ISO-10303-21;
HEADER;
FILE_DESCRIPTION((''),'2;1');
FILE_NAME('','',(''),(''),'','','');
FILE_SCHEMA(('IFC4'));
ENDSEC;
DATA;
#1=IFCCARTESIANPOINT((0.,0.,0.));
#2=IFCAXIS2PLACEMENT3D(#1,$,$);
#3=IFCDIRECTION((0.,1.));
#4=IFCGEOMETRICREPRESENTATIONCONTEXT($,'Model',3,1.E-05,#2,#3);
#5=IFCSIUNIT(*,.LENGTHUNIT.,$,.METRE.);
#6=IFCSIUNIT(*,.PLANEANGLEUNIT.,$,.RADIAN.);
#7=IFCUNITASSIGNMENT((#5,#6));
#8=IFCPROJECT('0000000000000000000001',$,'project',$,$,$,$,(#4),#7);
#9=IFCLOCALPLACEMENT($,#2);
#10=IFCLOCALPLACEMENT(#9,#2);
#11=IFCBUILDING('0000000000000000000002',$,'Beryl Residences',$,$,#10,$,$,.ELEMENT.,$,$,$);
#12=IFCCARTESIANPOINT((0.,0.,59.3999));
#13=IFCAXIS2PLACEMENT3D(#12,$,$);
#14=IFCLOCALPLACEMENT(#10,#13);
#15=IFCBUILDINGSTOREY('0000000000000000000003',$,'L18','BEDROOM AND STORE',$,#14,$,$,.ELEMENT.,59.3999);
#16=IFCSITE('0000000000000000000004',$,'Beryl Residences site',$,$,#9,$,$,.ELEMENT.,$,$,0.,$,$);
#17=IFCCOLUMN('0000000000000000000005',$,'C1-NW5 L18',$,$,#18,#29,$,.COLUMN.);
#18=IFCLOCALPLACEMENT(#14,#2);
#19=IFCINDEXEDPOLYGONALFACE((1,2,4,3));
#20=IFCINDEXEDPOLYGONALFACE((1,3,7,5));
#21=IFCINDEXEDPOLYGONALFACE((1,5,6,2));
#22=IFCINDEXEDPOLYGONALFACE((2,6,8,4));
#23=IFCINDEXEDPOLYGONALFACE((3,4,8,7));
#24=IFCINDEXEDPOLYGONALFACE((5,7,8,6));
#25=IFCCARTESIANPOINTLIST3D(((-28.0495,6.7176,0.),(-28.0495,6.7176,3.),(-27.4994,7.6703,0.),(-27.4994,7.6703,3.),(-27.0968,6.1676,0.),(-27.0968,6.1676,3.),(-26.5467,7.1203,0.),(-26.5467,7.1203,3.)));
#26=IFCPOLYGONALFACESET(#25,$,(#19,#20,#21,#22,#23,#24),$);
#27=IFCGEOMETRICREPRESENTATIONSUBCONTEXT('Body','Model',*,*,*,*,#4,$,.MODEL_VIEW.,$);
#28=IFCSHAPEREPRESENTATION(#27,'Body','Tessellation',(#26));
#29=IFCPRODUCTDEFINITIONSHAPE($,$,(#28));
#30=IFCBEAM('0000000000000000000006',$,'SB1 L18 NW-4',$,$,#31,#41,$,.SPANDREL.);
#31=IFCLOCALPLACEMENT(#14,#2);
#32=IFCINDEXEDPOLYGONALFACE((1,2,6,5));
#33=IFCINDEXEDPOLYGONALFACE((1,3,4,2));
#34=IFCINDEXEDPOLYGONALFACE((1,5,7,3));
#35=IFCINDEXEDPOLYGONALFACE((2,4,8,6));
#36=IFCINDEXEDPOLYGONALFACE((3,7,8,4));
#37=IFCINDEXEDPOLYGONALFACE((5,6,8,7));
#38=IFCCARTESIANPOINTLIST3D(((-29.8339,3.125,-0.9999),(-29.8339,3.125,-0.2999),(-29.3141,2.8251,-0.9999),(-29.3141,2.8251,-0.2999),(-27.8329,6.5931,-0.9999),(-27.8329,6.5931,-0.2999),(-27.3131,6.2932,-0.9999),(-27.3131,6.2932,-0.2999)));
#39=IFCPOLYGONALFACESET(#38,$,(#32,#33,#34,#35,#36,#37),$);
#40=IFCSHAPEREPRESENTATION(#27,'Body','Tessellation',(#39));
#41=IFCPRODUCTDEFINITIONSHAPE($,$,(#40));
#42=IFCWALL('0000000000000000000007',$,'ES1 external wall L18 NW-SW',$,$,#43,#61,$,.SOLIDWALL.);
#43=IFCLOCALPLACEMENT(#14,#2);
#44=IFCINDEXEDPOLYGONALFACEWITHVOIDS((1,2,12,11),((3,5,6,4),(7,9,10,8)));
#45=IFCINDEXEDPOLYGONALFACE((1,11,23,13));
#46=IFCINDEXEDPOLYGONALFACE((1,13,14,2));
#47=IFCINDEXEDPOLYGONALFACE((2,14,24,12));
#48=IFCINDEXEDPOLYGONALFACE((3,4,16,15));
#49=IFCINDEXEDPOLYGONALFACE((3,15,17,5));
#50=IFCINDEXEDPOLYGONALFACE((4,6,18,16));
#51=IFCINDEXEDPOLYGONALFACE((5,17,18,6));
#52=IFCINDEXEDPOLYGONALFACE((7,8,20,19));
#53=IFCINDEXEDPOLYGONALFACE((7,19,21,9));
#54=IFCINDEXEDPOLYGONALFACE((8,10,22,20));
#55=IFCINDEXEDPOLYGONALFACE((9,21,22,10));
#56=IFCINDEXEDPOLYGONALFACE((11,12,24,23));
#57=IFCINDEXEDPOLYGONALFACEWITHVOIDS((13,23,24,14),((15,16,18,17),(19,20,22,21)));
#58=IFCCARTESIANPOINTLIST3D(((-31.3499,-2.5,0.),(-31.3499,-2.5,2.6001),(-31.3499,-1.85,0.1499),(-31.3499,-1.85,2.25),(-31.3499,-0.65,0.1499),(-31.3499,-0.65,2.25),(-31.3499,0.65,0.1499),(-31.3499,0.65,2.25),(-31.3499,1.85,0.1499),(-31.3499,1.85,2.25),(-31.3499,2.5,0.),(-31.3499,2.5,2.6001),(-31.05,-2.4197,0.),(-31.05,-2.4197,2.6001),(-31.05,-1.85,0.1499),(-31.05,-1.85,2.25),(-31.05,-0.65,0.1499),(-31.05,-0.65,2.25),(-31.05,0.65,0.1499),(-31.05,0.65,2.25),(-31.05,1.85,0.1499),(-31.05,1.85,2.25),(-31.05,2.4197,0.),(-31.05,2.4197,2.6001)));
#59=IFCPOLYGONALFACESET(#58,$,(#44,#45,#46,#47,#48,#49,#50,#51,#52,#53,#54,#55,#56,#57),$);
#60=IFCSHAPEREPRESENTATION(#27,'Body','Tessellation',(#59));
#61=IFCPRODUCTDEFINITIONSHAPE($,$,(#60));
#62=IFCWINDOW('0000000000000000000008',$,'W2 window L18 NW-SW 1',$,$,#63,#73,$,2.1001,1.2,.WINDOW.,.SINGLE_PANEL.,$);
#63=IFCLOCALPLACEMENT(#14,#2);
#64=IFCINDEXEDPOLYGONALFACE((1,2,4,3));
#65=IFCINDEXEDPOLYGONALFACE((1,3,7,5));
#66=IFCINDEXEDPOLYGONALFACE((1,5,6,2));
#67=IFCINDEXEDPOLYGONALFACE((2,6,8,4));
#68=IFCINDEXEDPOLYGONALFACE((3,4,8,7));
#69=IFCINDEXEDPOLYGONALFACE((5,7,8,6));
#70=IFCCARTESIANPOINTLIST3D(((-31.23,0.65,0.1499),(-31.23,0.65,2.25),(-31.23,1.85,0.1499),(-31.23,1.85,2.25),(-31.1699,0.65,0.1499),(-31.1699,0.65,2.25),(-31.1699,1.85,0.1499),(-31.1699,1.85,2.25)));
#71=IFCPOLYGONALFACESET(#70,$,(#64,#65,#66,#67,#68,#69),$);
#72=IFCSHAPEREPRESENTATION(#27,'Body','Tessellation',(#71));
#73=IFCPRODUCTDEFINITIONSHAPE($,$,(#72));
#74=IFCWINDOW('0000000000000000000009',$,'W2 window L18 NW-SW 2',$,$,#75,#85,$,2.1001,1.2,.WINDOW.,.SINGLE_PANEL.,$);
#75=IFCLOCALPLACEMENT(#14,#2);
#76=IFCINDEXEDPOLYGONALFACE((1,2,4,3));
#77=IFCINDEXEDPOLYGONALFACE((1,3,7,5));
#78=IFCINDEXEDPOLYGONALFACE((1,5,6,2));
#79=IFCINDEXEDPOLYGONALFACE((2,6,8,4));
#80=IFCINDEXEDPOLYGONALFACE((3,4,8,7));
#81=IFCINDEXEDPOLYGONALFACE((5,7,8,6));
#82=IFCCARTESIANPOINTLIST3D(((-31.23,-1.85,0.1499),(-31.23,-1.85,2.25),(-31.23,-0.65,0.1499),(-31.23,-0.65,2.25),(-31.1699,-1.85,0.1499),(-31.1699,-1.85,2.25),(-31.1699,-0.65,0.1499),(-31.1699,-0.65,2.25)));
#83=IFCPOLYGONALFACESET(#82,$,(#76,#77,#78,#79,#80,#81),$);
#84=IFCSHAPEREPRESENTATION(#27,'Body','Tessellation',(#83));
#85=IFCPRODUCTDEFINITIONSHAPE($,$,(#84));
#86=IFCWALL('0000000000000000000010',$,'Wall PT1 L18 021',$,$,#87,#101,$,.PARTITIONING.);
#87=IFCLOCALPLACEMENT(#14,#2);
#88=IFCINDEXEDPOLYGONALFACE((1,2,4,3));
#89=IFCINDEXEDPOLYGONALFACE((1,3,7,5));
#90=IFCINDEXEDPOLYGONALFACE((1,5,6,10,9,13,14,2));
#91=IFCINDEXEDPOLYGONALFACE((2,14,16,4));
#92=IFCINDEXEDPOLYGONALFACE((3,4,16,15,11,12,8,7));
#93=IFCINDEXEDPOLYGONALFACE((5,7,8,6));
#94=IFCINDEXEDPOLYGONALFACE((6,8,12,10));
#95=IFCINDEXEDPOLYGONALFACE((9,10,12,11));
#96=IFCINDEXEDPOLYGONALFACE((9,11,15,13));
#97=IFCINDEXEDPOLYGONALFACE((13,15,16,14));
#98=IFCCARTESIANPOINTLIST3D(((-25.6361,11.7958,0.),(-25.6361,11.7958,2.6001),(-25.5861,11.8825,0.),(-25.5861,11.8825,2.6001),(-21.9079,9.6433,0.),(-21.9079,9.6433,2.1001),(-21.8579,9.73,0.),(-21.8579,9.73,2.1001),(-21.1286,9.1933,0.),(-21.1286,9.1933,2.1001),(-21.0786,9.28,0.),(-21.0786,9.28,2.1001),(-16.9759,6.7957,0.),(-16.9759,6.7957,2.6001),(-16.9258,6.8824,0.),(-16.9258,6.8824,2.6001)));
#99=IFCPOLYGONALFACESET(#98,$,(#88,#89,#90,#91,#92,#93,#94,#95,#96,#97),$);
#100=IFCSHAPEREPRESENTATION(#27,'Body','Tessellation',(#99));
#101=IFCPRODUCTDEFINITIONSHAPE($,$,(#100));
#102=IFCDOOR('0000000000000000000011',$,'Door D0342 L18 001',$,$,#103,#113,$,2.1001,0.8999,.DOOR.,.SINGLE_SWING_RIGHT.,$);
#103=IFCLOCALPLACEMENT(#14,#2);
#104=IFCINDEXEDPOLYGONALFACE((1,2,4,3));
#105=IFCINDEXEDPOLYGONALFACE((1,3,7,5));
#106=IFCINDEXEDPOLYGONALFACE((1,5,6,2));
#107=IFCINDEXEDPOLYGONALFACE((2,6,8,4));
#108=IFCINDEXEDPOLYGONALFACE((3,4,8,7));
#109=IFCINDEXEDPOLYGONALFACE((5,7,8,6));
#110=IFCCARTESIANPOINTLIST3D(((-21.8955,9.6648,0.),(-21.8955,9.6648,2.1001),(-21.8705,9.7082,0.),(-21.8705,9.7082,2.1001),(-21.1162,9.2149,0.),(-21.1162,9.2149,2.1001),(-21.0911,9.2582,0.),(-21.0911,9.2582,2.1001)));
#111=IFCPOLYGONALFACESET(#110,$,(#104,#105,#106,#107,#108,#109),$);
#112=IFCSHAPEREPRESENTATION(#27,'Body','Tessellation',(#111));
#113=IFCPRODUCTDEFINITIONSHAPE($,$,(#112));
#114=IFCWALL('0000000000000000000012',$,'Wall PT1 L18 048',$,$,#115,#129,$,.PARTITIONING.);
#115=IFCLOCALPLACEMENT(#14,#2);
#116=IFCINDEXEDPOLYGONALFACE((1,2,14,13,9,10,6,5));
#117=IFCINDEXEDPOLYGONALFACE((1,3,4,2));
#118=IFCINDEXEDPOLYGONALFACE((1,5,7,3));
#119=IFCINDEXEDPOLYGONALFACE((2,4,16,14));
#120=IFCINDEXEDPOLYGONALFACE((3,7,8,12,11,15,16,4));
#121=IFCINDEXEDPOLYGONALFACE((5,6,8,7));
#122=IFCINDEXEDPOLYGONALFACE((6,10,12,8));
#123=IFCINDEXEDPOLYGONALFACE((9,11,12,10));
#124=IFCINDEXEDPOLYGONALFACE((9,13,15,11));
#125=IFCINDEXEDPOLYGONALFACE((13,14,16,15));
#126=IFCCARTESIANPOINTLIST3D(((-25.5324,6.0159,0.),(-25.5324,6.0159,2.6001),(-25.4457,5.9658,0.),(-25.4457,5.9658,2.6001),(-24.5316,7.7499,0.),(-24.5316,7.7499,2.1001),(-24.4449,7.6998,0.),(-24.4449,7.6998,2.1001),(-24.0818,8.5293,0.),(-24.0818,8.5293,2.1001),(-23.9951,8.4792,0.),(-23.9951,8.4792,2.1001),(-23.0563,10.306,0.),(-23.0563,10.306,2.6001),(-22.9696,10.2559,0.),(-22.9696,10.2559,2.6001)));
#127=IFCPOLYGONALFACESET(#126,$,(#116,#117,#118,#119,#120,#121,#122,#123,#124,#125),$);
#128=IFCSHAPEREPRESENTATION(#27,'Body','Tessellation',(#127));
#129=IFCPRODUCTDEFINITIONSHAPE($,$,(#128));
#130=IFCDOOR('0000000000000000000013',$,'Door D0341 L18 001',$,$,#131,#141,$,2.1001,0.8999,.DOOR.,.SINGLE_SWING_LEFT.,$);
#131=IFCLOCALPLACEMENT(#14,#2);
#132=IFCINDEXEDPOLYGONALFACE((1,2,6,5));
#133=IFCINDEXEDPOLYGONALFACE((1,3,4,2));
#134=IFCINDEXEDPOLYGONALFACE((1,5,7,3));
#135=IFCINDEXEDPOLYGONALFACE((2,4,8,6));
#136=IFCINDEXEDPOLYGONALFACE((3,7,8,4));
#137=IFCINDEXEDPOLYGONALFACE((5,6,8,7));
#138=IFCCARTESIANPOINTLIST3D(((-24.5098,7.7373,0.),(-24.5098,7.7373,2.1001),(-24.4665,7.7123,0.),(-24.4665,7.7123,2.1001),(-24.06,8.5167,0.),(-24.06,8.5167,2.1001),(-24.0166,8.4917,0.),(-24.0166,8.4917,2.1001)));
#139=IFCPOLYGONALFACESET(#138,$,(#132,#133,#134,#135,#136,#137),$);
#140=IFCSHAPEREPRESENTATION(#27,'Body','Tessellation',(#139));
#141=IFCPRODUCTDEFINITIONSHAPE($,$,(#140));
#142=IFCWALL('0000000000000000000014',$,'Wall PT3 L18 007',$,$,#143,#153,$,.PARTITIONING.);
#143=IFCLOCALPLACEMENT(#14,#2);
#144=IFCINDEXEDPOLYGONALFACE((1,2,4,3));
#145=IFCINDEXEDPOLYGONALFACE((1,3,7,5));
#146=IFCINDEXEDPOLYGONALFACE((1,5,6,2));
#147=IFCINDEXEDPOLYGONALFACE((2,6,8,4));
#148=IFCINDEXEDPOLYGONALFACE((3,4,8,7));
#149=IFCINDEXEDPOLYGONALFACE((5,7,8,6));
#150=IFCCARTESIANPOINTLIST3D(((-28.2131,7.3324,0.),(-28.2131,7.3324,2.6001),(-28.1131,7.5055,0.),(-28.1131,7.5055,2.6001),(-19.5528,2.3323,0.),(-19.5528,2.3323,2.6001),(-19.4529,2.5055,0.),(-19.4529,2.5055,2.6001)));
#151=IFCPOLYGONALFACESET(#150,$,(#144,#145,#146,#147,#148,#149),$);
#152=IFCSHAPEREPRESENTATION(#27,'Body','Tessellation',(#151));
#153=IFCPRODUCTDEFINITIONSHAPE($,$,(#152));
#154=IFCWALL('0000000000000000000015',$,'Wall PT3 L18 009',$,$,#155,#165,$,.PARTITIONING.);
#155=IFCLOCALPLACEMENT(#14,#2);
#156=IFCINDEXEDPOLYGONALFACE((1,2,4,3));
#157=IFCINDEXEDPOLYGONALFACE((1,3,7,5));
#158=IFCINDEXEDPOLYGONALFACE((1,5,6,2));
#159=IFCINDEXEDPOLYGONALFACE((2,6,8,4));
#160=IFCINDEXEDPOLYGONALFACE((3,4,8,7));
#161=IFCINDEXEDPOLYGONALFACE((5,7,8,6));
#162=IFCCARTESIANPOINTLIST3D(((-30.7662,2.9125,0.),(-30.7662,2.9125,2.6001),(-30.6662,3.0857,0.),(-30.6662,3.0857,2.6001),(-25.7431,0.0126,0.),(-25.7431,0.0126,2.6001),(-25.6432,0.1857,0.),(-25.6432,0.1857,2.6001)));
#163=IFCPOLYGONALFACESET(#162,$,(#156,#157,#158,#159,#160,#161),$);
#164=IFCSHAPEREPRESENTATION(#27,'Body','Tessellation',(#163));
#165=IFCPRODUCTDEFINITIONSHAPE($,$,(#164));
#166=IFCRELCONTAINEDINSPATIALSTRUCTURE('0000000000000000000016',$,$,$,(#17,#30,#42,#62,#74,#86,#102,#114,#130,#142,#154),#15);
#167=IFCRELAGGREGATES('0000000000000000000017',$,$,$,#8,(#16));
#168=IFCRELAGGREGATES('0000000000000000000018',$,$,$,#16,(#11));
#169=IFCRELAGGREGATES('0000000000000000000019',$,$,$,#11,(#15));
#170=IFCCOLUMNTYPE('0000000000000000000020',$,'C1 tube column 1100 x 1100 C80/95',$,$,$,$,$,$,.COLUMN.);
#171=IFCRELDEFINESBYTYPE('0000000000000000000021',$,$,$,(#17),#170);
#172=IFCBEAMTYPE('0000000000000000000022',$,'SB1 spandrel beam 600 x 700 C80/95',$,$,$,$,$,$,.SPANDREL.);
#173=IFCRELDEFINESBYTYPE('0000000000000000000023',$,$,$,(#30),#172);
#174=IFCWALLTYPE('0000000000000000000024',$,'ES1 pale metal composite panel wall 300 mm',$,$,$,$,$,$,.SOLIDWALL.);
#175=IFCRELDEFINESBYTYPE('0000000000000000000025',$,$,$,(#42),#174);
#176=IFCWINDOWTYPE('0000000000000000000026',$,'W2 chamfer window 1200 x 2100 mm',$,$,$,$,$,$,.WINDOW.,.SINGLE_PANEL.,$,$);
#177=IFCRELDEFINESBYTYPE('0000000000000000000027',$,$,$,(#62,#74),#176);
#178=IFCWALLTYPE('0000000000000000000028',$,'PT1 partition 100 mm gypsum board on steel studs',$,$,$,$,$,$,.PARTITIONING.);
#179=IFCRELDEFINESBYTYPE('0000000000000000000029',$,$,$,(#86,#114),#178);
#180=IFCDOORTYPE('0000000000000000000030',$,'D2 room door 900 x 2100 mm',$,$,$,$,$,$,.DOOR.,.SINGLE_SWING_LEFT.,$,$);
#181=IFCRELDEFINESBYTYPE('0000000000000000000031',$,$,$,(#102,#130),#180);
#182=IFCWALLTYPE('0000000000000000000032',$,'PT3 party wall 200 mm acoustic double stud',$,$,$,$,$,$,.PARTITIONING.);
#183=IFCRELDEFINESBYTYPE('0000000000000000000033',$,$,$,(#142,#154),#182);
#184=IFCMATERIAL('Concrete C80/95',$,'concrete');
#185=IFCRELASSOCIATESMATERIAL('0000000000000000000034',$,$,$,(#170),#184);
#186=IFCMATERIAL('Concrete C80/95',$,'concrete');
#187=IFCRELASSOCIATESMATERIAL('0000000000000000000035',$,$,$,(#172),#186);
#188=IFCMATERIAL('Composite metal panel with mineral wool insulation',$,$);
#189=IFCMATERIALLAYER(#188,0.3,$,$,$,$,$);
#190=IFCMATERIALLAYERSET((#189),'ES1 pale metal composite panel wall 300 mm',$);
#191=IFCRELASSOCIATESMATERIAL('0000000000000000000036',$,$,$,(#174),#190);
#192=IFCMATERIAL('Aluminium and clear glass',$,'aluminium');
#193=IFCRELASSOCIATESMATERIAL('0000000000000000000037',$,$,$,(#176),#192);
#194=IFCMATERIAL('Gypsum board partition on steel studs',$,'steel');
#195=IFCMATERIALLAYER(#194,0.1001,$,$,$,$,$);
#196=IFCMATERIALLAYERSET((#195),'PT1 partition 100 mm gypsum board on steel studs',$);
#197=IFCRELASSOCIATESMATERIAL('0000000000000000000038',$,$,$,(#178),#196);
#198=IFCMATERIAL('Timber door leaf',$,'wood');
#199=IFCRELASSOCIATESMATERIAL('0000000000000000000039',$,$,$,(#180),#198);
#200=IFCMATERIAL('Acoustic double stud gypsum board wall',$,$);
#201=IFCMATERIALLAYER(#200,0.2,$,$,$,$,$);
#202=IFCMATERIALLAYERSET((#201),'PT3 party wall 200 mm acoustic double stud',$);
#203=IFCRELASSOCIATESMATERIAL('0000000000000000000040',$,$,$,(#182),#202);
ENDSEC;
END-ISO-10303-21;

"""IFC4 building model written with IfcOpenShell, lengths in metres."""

from ifc_helpers import new_model, si_unit, direction, frame, frame_2d, origin, origin_2d, place, context, subcontext, project, spatial, polyline, rectangle, outline, extrude, material, layer, layer_set, material_profile, profile_set, type_object, element, fill, save


model = new_model("IFC4")

# Units and contexts
model_context = context("Model", 3, precision=1e-05, world=origin(), true_north=direction((0.0, 1.0)))
body_context = subcontext(model_context, "Body", "Model", "MODEL_VIEW")
ifc_project = project(units=[si_unit("LENGTHUNIT", "METRE"), si_unit("PLANEANGLEUNIT", "RADIAN")], contexts=[model_context])

# Site, building, storey
site_placement = place(None, origin())
site = spatial("IfcSite", under=ifc_project, at=site_placement, Name="Beryl Residences site", CompositionType="ELEMENT", RefElevation=0.0)
building_placement = place(site_placement, origin())
building = spatial("IfcBuilding", under=site, at=building_placement, Name="Beryl Residences", CompositionType="ELEMENT")
storey_placement = place(building_placement, frame((0.0, 0.0, 59.3999)))
storey = spatial("IfcBuildingStorey", under=building, at=storey_placement, Name="L18", Description="BEDROOM AND STORE", CompositionType="ELEMENT", Elevation=59.3999)

# Column
ifc_material_1 = material(Name="Concrete C80/95", Category="concrete")
ifc_material_profile_1 = material_profile(ifc_material_1, rectangle(XDim=1.1001, YDim=1.1001, at=origin_2d()))
ifc_profile_set_1 = profile_set([ifc_material_profile_1], Name="Concrete C80/95")
column_type = type_object("IfcColumnType", Name="C1 tube column 1100 x 1100 C80/95", PredefinedType="COLUMN", material=ifc_profile_set_1)
column_placement = place(storey_placement, frame((-27.2981, 6.9189, 0.0), z_axis=(0.0, 0.0, 1.0), x_axis=(-0.499985, -0.866034, 0.0)))
element("IfcColumn", 1, at=column_placement, inside=storey, type_object=column_type, Name="C1-NW5 L18", PredefinedType="COLUMN", context=body_context, shape_type="SweptSolid", body=[
    extrude(rectangle(XDim=1.1001, YDim=1.1001, at=origin_2d()), origin(), (0.0, 0.0, 1.0), 3.0),
])

# Beam
ifc_material_2 = material(Name="Concrete C80/95", Category="concrete")
ifc_material_profile_2 = material_profile(ifc_material_2, rectangle(XDim=0.6001, YDim=0.7, at=origin_2d()))
ifc_profile_set_2 = profile_set([ifc_material_profile_2], Name="Concrete C80/95")
beam_type = type_object("IfcBeamType", Name="SB1 spandrel beam 600 x 700 C80/95", PredefinedType="SPANDREL", material=ifc_profile_set_2)
beam_placement = place(storey_placement, frame((-27.573, 6.4431, -0.6499), z_axis=(-0.499759, -0.866164, 0.0), x_axis=(0.866164, -0.499759, 0.0)))
element("IfcBeam", 2, at=beam_placement, inside=storey, type_object=beam_type, Name="SB1 L18 NW-4", PredefinedType="SPANDREL", context=body_context, shape_type="SweptSolid", body=[
    extrude(rectangle(XDim=0.6001, YDim=0.7, at=origin_2d()), origin(), (0.0, 0.0, 1.0), 4.0039),
])

# Wall, openings, windows
ifc_material_3 = material(Name="Composite metal panel with mineral wool insulation")
ifc_layer_1 = layer(ifc_material_3, 0.3)
ifc_layer_set_1 = layer_set([ifc_layer_1], Name="ES1 pale metal composite panel wall 300 mm")
wall_type_1 = type_object("IfcWallType", Name="ES1 pale metal composite panel wall 300 mm", PredefinedType="SOLIDWALL", material=ifc_layer_set_1)
wall_1_placement = place(storey_placement, frame((-31.2, 2.5, 0.0), z_axis=(0.0, 0.0, 1.0), x_axis=(0.0, -1.0, 0.0)))
wall_1 = element("IfcWall", 3, at=wall_1_placement, inside=storey, type_object=wall_type_1, Name="ES1 external wall L18 NW-SW", PredefinedType="SOLIDWALL", context=body_context, shape_type="SweptSolid", body=[
    extrude(outline(polyline([(0.0, -0.1499), (5.0, -0.1499), (4.9197, 0.1499), (0.0803, 0.1499), (0.0, -0.1499)])), origin(), (0.0, 0.0, 1.0), 2.6001),
])
opening_1_placement = place(wall_1_placement, frame((0.6499, 0.0, 0.1499)))
opening_1 = element("IfcOpeningElement", 4, at=opening_1_placement, cuts=wall_1, PredefinedType="OPENING", context=body_context, shape_type="SweptSolid", body=[
    extrude(rectangle(XDim=1.2, YDim=2.1001, at=frame_2d((0.6001, 1.05))), frame((0.0, 0.1599, 0.0), z_axis=(0.0, -1.0, 0.0), x_axis=(1.0, 0.0, 0.0)), (0.0, 0.0, 1.0), 0.3201),
])
opening_2_placement = place(wall_1_placement, frame((3.1499, 0.0, 0.1499)))
opening_2 = element("IfcOpeningElement", 5, at=opening_2_placement, cuts=wall_1, PredefinedType="OPENING", context=body_context, shape_type="SweptSolid", body=[
    extrude(rectangle(XDim=1.2, YDim=2.1001, at=frame_2d((0.6001, 1.05))), frame((0.0, 0.1599, 0.0), z_axis=(0.0, -1.0, 0.0), x_axis=(1.0, 0.0, 0.0)), (0.0, 0.0, 1.0), 0.3201),
])
ifc_material_4 = material(Name="Aluminium and clear glass", Category="aluminium")
window_type = type_object("IfcWindowType", Name="W2 chamfer window 1200 x 2100 mm", PartitioningType="SINGLE_PANEL", PredefinedType="WINDOW", material=ifc_material_4)
window_1_placement = place(opening_1_placement, origin())
window_1 = element("IfcWindow", 6, at=window_1_placement, inside=storey, type_object=window_type, Name="W2 window L18 NW-SW 1", OverallHeight=2.1001, OverallWidth=1.2, PartitioningType="SINGLE_PANEL", PredefinedType="WINDOW", context=body_context, shape_type="SweptSolid", body=[
    extrude(rectangle(XDim=1.2, YDim=2.1001, at=frame_2d((0.6001, 1.05))), frame((0.0, 0.03, 0.0), z_axis=(0.0, -1.0, 0.0), x_axis=(1.0, 0.0, 0.0)), (0.0, 0.0, 1.0), 0.0601),
])
fill(opening_1, window_1)
window_2_placement = place(opening_2_placement, origin())
window_2 = element("IfcWindow", 7, at=window_2_placement, inside=storey, type_object=window_type, Name="W2 window L18 NW-SW 2", OverallHeight=2.1001, OverallWidth=1.2, PartitioningType="SINGLE_PANEL", PredefinedType="WINDOW", context=body_context, shape_type="SweptSolid", body=[
    extrude(rectangle(XDim=1.2, YDim=2.1001, at=frame_2d((0.6001, 1.05))), frame((0.0, 0.03, 0.0), z_axis=(0.0, -1.0, 0.0), x_axis=(1.0, 0.0, 0.0)), (0.0, 0.0, 1.0), 0.0601),
])
fill(opening_2, window_2)

# Walls, openings, doors
ifc_material_5 = material(Name="Gypsum board partition on steel studs", Category="steel")
ifc_layer_2 = layer(ifc_material_5, 0.1001)
ifc_layer_set_2 = layer_set([ifc_layer_2], Name="PT1 partition 100 mm gypsum board on steel studs")
wall_type_2 = type_object("IfcWallType", Name="PT1 partition 100 mm gypsum board on steel studs", PredefinedType="PARTITIONING", material=ifc_layer_set_2)
wall_2_placement = place(storey_placement, frame((-25.6111, 11.8391, 0.0), z_axis=(0.0, 0.0, 1.0), x_axis=(0.866023, -0.500004, 0.0)))
wall_2 = element("IfcWall", 8, at=wall_2_placement, inside=storey, type_object=wall_type_2, Name="Wall PT1 L18 021", PredefinedType="PARTITIONING", context=body_context, shape_type="SweptSolid", body=[
    extrude(rectangle(XDim=10.0, YDim=0.1001, at=frame_2d((5.0, 0.0))), origin(), (0.0, 0.0, 1.0), 2.6001),
])
opening_3_placement = place(wall_2_placement, frame((4.3049, 0.0, 0.0)))
opening_3 = element("IfcOpeningElement", 9, at=opening_3_placement, cuts=wall_2, PredefinedType="OPENING", context=body_context, shape_type="SweptSolid", body=[
    extrude(rectangle(XDim=0.8999, YDim=2.1001, at=frame_2d((0.45, 1.05))), frame((0.0, 0.0601, 0.0), z_axis=(0.0, -1.0, 0.0), x_axis=(1.0, 0.0, 0.0)), (0.0, 0.0, 1.0), 0.1201),
])
ifc_material_6 = material(Name="Timber door leaf", Category="wood")
door_type = type_object("IfcDoorType", Name="D2 room door 900 x 2100 mm", OperationType="SINGLE_SWING_LEFT", PredefinedType="DOOR", material=ifc_material_6)
door_1_placement = place(opening_3_placement, origin())
door_1 = element("IfcDoor", 10, at=door_1_placement, inside=storey, type_object=door_type, Name="Door D0342 L18 001", OperationType="SINGLE_SWING_RIGHT", OverallHeight=2.1001, OverallWidth=0.8999, PredefinedType="DOOR", context=body_context, shape_type="SweptSolid", body=[
    extrude(rectangle(XDim=0.8999, YDim=2.1001, at=frame_2d((0.45, 1.05))), frame((0.0, 0.0249, 0.0), z_axis=(0.0, -1.0, 0.0), x_axis=(1.0, 0.0, 0.0)), (0.0, 0.0, 1.0), 0.05),
])
fill(opening_3, door_1)
wall_3_placement = place(storey_placement, frame((-25.489, 5.991, 0.0), z_axis=(0.0, 0.0, 1.0), x_axis=(0.499882, 0.866094, 0.0)))
wall_3 = element("IfcWall", 11, at=wall_3_placement, inside=storey, type_object=wall_type_2, Name="Wall PT1 L18 048", PredefinedType="PARTITIONING", context=body_context, shape_type="SweptSolid", body=[
    extrude(rectangle(XDim=4.9534, YDim=0.1001, at=frame_2d((2.4766, 0.0))), origin(), (0.0, 0.0, 1.0), 2.6001),
])
opening_4_placement = place(wall_3_placement, frame((2.002, 0.0, 0.0)))
opening_4 = element("IfcOpeningElement", 12, at=opening_4_placement, cuts=wall_3, PredefinedType="OPENING", context=body_context, shape_type="SweptSolid", body=[
    extrude(rectangle(XDim=0.8999, YDim=2.1001, at=frame_2d((0.45, 1.05))), frame((0.0, 0.0601, 0.0), z_axis=(0.0, -1.0, 0.0), x_axis=(1.0, 0.0, 0.0)), (0.0, 0.0, 1.0), 0.1201),
])
door_2_placement = place(opening_4_placement, origin())
door_2 = element("IfcDoor", 13, at=door_2_placement, inside=storey, type_object=door_type, Name="Door D0341 L18 001", OperationType="SINGLE_SWING_LEFT", OverallHeight=2.1001, OverallWidth=0.8999, PredefinedType="DOOR", context=body_context, shape_type="SweptSolid", body=[
    extrude(rectangle(XDim=0.8999, YDim=2.1001, at=frame_2d((0.45, 1.05))), frame((0.0, 0.0249, 0.0), z_axis=(0.0, -1.0, 0.0), x_axis=(1.0, 0.0, 0.0)), (0.0, 0.0, 1.0), 0.05),
])
fill(opening_4, door_2)

# Walls
ifc_material_7 = material(Name="Acoustic double stud gypsum board wall")
ifc_layer_3 = layer(ifc_material_7, 0.2)
ifc_layer_set_3 = layer_set([ifc_layer_3], Name="PT3 party wall 200 mm acoustic double stud")
wall_type_3 = type_object("IfcWallType", Name="PT3 party wall 200 mm acoustic double stud", PredefinedType="PARTITIONING", material=ifc_layer_set_3)
wall_4_placement = place(storey_placement, frame((-28.1631, 7.4189, 0.0), z_axis=(0.0, 0.0, 1.0), x_axis=(0.866023, -0.500004, 0.0)))
element("IfcWall", 14, at=wall_4_placement, inside=storey, type_object=wall_type_3, Name="Wall PT3 L18 007", PredefinedType="PARTITIONING", context=body_context, shape_type="SweptSolid", body=[
    extrude(rectangle(XDim=10.0, YDim=0.2, at=frame_2d((5.0, 0.0))), origin(), (0.0, 0.0, 1.0), 2.6001),
])
wall_5_placement = place(storey_placement, frame((-30.7161, 2.999, 0.0), z_axis=(0.0, 0.0, 1.0), x_axis=(0.866033, -0.499987, 0.0)))
element("IfcWall", 15, at=wall_5_placement, inside=storey, type_object=wall_type_3, Name="Wall PT3 L18 009", PredefinedType="PARTITIONING", context=body_context, shape_type="SweptSolid", body=[
    extrude(rectangle(XDim=5.8, YDim=0.2, at=frame_2d((2.8999, 0.0))), origin(), (0.0, 0.0, 1.0), 2.6001),
])

save(model, "model.ifc")
